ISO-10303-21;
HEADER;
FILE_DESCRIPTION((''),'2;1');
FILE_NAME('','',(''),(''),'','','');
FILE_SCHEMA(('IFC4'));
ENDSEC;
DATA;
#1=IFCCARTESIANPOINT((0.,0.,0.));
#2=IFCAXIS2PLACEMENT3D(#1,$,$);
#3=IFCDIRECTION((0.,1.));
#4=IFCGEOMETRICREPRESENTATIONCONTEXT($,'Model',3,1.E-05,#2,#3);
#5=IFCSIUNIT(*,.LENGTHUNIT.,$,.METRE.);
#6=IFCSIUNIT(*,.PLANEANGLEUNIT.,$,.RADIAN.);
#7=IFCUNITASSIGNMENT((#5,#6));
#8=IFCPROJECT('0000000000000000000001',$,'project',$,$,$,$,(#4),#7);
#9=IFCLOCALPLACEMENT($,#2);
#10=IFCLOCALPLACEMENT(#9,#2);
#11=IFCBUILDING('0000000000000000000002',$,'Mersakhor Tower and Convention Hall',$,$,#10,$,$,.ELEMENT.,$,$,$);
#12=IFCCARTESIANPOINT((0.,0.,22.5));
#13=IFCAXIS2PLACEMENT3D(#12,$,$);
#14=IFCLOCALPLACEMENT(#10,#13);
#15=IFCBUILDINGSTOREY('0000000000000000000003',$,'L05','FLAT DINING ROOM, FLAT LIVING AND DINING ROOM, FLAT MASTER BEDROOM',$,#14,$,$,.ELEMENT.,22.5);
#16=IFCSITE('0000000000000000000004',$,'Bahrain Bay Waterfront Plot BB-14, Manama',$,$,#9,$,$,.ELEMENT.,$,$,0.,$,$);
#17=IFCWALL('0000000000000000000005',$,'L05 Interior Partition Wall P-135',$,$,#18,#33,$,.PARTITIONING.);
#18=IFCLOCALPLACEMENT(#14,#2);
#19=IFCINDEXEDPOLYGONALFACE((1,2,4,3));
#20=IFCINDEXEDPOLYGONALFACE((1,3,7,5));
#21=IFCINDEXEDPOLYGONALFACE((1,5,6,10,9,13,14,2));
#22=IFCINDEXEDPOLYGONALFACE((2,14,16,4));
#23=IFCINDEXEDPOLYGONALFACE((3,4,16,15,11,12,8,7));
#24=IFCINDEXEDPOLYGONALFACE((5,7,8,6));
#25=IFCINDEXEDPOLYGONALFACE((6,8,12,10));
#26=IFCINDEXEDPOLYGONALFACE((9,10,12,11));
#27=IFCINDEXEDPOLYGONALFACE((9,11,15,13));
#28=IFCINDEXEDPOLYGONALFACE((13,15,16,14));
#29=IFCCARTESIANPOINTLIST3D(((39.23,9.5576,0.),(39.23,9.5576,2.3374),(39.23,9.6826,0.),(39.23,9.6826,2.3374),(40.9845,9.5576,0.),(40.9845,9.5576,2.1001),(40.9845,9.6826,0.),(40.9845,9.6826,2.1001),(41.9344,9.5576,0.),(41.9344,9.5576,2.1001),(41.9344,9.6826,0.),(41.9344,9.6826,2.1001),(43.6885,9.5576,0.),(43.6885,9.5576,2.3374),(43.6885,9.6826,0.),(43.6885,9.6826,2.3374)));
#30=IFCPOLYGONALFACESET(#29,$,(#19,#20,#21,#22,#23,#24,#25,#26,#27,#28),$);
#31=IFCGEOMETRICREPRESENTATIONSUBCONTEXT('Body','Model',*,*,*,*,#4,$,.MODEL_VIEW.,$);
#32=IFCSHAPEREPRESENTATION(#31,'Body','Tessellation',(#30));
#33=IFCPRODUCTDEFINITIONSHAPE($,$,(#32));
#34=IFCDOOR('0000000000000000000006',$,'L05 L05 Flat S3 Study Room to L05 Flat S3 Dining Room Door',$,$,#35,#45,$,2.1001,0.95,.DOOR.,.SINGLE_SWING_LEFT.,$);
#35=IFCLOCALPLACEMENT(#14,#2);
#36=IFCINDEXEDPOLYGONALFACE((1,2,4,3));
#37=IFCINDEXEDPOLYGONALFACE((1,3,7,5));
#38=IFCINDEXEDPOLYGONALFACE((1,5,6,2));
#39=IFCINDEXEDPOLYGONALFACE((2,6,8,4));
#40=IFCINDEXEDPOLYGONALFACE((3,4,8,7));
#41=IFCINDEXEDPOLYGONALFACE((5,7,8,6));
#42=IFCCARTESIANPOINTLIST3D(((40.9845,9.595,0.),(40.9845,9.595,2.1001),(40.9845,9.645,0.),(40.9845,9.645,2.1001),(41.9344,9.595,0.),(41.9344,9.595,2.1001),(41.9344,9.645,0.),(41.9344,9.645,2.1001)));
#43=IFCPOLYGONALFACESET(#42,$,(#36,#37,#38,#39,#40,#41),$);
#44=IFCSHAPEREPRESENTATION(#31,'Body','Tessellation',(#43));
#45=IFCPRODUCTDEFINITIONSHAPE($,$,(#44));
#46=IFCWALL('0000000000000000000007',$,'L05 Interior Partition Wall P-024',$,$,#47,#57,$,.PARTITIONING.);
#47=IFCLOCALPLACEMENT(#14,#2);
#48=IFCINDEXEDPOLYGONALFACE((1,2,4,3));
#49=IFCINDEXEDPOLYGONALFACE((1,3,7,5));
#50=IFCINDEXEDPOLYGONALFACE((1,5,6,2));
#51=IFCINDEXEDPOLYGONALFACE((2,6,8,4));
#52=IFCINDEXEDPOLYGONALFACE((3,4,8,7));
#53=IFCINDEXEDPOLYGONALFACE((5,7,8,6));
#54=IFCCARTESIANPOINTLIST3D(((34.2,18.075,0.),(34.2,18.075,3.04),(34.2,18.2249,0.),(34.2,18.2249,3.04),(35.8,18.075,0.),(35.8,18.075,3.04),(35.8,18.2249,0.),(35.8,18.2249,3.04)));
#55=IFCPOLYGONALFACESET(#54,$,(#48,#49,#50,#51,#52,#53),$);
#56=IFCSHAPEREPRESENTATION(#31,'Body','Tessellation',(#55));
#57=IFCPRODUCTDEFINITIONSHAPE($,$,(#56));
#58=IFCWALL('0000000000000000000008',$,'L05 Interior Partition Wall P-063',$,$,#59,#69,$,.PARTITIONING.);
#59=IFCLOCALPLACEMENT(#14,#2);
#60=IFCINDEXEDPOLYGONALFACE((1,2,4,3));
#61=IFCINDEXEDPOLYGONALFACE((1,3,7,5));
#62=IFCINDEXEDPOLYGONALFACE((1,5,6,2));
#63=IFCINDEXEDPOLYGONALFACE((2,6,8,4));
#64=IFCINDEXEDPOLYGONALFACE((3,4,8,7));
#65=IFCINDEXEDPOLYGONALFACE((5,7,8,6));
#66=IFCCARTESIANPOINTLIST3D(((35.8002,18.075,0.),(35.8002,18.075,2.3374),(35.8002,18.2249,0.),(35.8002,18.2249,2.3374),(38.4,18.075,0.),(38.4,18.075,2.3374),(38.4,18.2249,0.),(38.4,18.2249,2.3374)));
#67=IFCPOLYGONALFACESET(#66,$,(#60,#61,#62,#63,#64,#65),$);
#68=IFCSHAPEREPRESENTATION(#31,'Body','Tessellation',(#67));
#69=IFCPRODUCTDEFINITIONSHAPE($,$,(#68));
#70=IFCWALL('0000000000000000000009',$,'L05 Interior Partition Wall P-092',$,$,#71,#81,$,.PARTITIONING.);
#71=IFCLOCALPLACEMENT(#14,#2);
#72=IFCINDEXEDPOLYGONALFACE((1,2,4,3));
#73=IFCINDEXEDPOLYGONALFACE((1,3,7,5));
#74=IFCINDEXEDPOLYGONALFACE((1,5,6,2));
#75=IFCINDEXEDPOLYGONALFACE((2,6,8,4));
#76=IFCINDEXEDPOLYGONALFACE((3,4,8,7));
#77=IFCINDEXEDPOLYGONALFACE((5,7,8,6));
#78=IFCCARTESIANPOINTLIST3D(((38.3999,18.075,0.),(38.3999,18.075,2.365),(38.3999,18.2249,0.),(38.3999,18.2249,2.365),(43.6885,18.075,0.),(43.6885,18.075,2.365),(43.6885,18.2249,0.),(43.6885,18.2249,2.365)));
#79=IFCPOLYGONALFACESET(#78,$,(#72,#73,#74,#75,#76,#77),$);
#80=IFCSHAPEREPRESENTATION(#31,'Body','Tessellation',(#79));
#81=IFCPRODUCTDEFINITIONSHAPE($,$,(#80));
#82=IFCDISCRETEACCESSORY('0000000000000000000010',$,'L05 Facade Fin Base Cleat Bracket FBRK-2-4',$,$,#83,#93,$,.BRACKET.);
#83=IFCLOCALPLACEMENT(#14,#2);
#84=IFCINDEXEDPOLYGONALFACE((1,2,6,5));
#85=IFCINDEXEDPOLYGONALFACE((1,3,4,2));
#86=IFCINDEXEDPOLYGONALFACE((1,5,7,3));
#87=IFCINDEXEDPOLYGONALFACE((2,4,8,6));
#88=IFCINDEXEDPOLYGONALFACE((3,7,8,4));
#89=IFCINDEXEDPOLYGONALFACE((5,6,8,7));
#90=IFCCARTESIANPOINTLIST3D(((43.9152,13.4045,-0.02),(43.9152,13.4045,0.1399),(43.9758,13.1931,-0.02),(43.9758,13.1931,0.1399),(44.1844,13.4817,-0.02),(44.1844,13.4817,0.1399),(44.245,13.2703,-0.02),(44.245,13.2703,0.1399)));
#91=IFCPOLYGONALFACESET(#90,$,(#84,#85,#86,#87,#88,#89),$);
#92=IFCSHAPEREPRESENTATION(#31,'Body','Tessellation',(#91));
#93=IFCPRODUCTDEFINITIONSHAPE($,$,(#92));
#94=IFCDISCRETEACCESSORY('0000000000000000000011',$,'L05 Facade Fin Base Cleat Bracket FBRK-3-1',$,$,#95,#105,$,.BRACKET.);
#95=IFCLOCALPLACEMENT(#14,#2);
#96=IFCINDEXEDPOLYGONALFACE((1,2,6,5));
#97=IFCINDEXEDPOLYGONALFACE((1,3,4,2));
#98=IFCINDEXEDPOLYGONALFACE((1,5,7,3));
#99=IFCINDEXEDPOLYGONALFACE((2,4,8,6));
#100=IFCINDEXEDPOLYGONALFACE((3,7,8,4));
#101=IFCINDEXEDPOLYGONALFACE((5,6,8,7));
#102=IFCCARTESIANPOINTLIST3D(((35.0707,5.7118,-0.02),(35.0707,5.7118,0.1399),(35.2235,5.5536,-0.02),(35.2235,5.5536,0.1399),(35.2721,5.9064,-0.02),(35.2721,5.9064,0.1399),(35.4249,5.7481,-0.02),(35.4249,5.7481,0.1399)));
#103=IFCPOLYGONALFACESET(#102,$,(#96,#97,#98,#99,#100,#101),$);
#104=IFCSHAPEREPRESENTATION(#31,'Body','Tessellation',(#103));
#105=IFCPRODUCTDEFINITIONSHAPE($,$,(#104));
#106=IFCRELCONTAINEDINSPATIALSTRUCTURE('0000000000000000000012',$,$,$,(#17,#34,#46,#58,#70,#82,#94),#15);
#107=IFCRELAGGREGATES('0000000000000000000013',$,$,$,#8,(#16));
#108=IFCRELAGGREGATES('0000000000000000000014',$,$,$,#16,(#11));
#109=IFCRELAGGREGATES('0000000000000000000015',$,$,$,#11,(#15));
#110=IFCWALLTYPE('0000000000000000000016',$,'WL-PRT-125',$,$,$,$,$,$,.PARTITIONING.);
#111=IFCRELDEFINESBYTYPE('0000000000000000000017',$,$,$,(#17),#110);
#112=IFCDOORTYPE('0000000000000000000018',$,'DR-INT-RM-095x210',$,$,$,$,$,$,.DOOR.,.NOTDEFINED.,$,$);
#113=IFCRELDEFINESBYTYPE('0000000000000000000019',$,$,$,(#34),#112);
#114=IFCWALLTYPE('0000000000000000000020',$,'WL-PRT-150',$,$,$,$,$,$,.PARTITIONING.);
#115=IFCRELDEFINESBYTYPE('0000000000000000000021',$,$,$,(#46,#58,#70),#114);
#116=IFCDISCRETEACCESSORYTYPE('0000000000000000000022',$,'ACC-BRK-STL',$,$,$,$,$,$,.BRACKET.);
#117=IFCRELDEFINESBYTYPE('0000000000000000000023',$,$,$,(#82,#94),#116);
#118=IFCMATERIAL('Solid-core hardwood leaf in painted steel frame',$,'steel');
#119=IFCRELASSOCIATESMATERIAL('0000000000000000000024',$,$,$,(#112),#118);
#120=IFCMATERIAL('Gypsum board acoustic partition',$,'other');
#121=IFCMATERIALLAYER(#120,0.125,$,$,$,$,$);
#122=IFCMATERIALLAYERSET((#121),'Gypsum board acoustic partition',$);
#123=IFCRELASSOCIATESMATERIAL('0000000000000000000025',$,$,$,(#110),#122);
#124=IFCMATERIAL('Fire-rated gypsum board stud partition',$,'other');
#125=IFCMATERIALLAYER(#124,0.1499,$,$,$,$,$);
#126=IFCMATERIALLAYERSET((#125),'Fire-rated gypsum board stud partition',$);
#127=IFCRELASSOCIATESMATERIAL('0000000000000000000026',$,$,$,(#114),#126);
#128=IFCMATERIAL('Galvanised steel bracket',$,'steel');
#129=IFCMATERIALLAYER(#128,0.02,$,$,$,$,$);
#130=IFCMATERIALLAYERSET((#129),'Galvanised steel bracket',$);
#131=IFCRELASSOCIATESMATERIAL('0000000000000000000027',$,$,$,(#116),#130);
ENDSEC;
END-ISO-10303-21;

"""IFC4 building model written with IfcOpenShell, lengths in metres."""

from ifc_helpers import new_model, si_unit, direction, frame, frame_2d, origin, origin_2d, place, context, subcontext, project, spatial, rectangle, extrude, material, layer, layer_set, type_object, element, fill, save


model = new_model("IFC4")

# Units and contexts
model_context = context("Model", 3, precision=1e-05, world=origin(), true_north=direction((0.0, 1.0)))
body_context = subcontext(model_context, "Body", "Model", "MODEL_VIEW")
ifc_project = project(units=[si_unit("LENGTHUNIT", "METRE"), si_unit("PLANEANGLEUNIT", "RADIAN")], contexts=[model_context])

# Site, building, storey
site_placement = place(None, origin())
site = spatial("IfcSite", under=ifc_project, at=site_placement, Name="Bahrain Bay Waterfront Plot BB-14, Manama", CompositionType="ELEMENT", RefElevation=0.0)
building_placement = place(site_placement, origin())
building = spatial("IfcBuilding", under=site, at=building_placement, Name="Mersakhor Tower and Convention Hall", CompositionType="ELEMENT")
storey_placement = place(building_placement, frame((0.0, 0.0, 22.5)))
storey = spatial("IfcBuildingStorey", under=building, at=storey_placement, Name="L05", Description="FLAT DINING ROOM, FLAT LIVING AND DINING ROOM, FLAT MASTER BEDROOM", CompositionType="ELEMENT", Elevation=22.5)

# Wall, opening, door
ifc_material_1 = material(Name="Solid-core hardwood leaf in painted steel frame", Category="steel")
door_type_1 = type_object("IfcDoorType", Name="DR-INT-RM-095x210", OperationType="NOTDEFINED", PredefinedType="DOOR", material=ifc_material_1)
ifc_material_2 = material(Name="Gypsum board acoustic partition", Category="other")
ifc_layer_1 = layer(ifc_material_2, 0.125)
ifc_layer_set_1 = layer_set([ifc_layer_1], Name="Gypsum board acoustic partition")
wall_type_1 = type_object("IfcWallType", Name="WL-PRT-125", PredefinedType="PARTITIONING", material=ifc_layer_set_1)
wall_1_placement = place(storey_placement, frame((39.23, 9.6201, 0.0), z_axis=(0.0, 0.0, 1.0), x_axis=(1.0, 0.0, 0.0)))
wall_1 = element("IfcWall", 1, at=wall_1_placement, inside=storey, type_object=wall_type_1, Name="L05 Interior Partition Wall P-135", PredefinedType="PARTITIONING", context=body_context, shape_type="SweptSolid", body=[
    extrude(rectangle(XDim=4.4585, YDim=0.125, at=frame_2d((2.2292, 0.0))), origin(), (0.0, 0.0, 1.0), 2.3374),
])
opening_1_placement = place(wall_1_placement, frame((1.7544, 0.0, 0.0)))
opening_1 = element("IfcOpeningElement", 2, at=opening_1_placement, cuts=wall_1, PredefinedType="OPENING", context=body_context, shape_type="SweptSolid", body=[
    extrude(rectangle(XDim=0.95, YDim=2.1001, at=frame_2d((0.4751, 1.05))), frame((0.0, 0.0725, 0.0), z_axis=(0.0, -1.0, 0.0), x_axis=(1.0, 0.0, 0.0)), (0.0, 0.0, 1.0), 0.145),
])
door_1_placement = place(opening_1_placement, origin())
door_1 = element("IfcDoor", 3, at=door_1_placement, inside=storey, type_object=door_type_1, Name="L05 L05 Flat S3 Study Room to L05 Flat S3 Dining Room Door", OperationType="SINGLE_SWING_LEFT", OverallHeight=2.1001, OverallWidth=0.95, PredefinedType="DOOR", context=body_context, shape_type="SweptSolid", body=[
    extrude(rectangle(XDim=0.95, YDim=2.1001, at=frame_2d((0.4751, 1.05))), frame((0.0, 0.0249, 0.0), z_axis=(0.0, -1.0, 0.0), x_axis=(1.0, 0.0, 0.0)), (0.0, 0.0, 1.0), 0.05),
])
fill(opening_1, door_1)

# Walls
ifc_material_3 = material(Name="Fire-rated gypsum board stud partition", Category="other")
ifc_layer_2 = layer(ifc_material_3, 0.1499)
ifc_layer_set_2 = layer_set([ifc_layer_2], Name="Fire-rated gypsum board stud partition")
wall_type_2 = type_object("IfcWallType", Name="WL-PRT-150", PredefinedType="PARTITIONING", material=ifc_layer_set_2)
wall_2_placement = place(storey_placement, frame((35.8, 18.1499, 0.0), z_axis=(0.0, 0.0, 1.0), x_axis=(-1.0, 0.0, 0.0)))
element("IfcWall", 4, at=wall_2_placement, inside=storey, type_object=wall_type_2, Name="L05 Interior Partition Wall P-024", PredefinedType="PARTITIONING", context=body_context, shape_type="SweptSolid", body=[
    extrude(rectangle(XDim=1.6001, YDim=0.1499, at=frame_2d((0.8, 0.0))), origin(), (0.0, 0.0, 1.0), 3.04),
])
wall_3_placement = place(storey_placement, frame((38.3999, 18.1499, 0.0), z_axis=(0.0, 0.0, 1.0), x_axis=(-1.0, 0.0, 0.0)))
element("IfcWall", 5, at=wall_3_placement, inside=storey, type_object=wall_type_2, Name="L05 Interior Partition Wall P-063", PredefinedType="PARTITIONING", context=body_context, shape_type="SweptSolid", body=[
    extrude(rectangle(XDim=2.5999, YDim=0.1499, at=frame_2d((1.2998, 0.0))), origin(), (0.0, 0.0, 1.0), 2.3374),
])
wall_4_placement = place(storey_placement, frame((38.3999, 18.1499, 0.0), z_axis=(0.0, 0.0, 1.0), x_axis=(1.0, 0.0, 0.0)))
element("IfcWall", 6, at=wall_4_placement, inside=storey, type_object=wall_type_2, Name="L05 Interior Partition Wall P-092", PredefinedType="PARTITIONING", context=body_context, shape_type="SweptSolid", body=[
    extrude(rectangle(XDim=5.2886, YDim=0.1499, at=frame_2d((2.6443, 0.0))), origin(), (0.0, 0.0, 1.0), 2.365),
])

# Discrete accessories
ifc_material_4 = material(Name="Galvanised steel bracket", Category="steel")
ifc_layer_3 = layer(ifc_material_4, 0.02)
ifc_layer_set_3 = layer_set([ifc_layer_3], Name="Galvanised steel bracket")
discrete_accessory_type = type_object("IfcDiscreteAccessoryType", Name="ACC-BRK-STL", PredefinedType="BRACKET", material=ifc_layer_set_3)
for number, where, z_axis, x_axis, name in (
    (7, (44.0801, 13.3374, -0.02), (0.0, 0.0, 1.0), (0.961262, 0.275637, 0.0), "L05 Facade Fin Base Cleat Bracket FBRK-2-4"),
    (8, (35.2478, 5.73, -0.02), (0.0, 0.0, 1.0), (-0.71934, -0.694658, 0.0), "L05 Facade Fin Base Cleat Bracket FBRK-3-1"),
):
    element("IfcDiscreteAccessory", number, at=place(storey_placement, frame(where, z_axis=z_axis, x_axis=x_axis)), inside=storey, type_object=discrete_accessory_type, Name=name, PredefinedType="BRACKET", context=body_context, shape_type="SweptSolid", body=[
        extrude(rectangle(XDim=0.28, YDim=0.22, at=origin_2d()), origin(), (0.0, 0.0, 1.0), 0.1599),
    ])

save(model, "model.ifc")
